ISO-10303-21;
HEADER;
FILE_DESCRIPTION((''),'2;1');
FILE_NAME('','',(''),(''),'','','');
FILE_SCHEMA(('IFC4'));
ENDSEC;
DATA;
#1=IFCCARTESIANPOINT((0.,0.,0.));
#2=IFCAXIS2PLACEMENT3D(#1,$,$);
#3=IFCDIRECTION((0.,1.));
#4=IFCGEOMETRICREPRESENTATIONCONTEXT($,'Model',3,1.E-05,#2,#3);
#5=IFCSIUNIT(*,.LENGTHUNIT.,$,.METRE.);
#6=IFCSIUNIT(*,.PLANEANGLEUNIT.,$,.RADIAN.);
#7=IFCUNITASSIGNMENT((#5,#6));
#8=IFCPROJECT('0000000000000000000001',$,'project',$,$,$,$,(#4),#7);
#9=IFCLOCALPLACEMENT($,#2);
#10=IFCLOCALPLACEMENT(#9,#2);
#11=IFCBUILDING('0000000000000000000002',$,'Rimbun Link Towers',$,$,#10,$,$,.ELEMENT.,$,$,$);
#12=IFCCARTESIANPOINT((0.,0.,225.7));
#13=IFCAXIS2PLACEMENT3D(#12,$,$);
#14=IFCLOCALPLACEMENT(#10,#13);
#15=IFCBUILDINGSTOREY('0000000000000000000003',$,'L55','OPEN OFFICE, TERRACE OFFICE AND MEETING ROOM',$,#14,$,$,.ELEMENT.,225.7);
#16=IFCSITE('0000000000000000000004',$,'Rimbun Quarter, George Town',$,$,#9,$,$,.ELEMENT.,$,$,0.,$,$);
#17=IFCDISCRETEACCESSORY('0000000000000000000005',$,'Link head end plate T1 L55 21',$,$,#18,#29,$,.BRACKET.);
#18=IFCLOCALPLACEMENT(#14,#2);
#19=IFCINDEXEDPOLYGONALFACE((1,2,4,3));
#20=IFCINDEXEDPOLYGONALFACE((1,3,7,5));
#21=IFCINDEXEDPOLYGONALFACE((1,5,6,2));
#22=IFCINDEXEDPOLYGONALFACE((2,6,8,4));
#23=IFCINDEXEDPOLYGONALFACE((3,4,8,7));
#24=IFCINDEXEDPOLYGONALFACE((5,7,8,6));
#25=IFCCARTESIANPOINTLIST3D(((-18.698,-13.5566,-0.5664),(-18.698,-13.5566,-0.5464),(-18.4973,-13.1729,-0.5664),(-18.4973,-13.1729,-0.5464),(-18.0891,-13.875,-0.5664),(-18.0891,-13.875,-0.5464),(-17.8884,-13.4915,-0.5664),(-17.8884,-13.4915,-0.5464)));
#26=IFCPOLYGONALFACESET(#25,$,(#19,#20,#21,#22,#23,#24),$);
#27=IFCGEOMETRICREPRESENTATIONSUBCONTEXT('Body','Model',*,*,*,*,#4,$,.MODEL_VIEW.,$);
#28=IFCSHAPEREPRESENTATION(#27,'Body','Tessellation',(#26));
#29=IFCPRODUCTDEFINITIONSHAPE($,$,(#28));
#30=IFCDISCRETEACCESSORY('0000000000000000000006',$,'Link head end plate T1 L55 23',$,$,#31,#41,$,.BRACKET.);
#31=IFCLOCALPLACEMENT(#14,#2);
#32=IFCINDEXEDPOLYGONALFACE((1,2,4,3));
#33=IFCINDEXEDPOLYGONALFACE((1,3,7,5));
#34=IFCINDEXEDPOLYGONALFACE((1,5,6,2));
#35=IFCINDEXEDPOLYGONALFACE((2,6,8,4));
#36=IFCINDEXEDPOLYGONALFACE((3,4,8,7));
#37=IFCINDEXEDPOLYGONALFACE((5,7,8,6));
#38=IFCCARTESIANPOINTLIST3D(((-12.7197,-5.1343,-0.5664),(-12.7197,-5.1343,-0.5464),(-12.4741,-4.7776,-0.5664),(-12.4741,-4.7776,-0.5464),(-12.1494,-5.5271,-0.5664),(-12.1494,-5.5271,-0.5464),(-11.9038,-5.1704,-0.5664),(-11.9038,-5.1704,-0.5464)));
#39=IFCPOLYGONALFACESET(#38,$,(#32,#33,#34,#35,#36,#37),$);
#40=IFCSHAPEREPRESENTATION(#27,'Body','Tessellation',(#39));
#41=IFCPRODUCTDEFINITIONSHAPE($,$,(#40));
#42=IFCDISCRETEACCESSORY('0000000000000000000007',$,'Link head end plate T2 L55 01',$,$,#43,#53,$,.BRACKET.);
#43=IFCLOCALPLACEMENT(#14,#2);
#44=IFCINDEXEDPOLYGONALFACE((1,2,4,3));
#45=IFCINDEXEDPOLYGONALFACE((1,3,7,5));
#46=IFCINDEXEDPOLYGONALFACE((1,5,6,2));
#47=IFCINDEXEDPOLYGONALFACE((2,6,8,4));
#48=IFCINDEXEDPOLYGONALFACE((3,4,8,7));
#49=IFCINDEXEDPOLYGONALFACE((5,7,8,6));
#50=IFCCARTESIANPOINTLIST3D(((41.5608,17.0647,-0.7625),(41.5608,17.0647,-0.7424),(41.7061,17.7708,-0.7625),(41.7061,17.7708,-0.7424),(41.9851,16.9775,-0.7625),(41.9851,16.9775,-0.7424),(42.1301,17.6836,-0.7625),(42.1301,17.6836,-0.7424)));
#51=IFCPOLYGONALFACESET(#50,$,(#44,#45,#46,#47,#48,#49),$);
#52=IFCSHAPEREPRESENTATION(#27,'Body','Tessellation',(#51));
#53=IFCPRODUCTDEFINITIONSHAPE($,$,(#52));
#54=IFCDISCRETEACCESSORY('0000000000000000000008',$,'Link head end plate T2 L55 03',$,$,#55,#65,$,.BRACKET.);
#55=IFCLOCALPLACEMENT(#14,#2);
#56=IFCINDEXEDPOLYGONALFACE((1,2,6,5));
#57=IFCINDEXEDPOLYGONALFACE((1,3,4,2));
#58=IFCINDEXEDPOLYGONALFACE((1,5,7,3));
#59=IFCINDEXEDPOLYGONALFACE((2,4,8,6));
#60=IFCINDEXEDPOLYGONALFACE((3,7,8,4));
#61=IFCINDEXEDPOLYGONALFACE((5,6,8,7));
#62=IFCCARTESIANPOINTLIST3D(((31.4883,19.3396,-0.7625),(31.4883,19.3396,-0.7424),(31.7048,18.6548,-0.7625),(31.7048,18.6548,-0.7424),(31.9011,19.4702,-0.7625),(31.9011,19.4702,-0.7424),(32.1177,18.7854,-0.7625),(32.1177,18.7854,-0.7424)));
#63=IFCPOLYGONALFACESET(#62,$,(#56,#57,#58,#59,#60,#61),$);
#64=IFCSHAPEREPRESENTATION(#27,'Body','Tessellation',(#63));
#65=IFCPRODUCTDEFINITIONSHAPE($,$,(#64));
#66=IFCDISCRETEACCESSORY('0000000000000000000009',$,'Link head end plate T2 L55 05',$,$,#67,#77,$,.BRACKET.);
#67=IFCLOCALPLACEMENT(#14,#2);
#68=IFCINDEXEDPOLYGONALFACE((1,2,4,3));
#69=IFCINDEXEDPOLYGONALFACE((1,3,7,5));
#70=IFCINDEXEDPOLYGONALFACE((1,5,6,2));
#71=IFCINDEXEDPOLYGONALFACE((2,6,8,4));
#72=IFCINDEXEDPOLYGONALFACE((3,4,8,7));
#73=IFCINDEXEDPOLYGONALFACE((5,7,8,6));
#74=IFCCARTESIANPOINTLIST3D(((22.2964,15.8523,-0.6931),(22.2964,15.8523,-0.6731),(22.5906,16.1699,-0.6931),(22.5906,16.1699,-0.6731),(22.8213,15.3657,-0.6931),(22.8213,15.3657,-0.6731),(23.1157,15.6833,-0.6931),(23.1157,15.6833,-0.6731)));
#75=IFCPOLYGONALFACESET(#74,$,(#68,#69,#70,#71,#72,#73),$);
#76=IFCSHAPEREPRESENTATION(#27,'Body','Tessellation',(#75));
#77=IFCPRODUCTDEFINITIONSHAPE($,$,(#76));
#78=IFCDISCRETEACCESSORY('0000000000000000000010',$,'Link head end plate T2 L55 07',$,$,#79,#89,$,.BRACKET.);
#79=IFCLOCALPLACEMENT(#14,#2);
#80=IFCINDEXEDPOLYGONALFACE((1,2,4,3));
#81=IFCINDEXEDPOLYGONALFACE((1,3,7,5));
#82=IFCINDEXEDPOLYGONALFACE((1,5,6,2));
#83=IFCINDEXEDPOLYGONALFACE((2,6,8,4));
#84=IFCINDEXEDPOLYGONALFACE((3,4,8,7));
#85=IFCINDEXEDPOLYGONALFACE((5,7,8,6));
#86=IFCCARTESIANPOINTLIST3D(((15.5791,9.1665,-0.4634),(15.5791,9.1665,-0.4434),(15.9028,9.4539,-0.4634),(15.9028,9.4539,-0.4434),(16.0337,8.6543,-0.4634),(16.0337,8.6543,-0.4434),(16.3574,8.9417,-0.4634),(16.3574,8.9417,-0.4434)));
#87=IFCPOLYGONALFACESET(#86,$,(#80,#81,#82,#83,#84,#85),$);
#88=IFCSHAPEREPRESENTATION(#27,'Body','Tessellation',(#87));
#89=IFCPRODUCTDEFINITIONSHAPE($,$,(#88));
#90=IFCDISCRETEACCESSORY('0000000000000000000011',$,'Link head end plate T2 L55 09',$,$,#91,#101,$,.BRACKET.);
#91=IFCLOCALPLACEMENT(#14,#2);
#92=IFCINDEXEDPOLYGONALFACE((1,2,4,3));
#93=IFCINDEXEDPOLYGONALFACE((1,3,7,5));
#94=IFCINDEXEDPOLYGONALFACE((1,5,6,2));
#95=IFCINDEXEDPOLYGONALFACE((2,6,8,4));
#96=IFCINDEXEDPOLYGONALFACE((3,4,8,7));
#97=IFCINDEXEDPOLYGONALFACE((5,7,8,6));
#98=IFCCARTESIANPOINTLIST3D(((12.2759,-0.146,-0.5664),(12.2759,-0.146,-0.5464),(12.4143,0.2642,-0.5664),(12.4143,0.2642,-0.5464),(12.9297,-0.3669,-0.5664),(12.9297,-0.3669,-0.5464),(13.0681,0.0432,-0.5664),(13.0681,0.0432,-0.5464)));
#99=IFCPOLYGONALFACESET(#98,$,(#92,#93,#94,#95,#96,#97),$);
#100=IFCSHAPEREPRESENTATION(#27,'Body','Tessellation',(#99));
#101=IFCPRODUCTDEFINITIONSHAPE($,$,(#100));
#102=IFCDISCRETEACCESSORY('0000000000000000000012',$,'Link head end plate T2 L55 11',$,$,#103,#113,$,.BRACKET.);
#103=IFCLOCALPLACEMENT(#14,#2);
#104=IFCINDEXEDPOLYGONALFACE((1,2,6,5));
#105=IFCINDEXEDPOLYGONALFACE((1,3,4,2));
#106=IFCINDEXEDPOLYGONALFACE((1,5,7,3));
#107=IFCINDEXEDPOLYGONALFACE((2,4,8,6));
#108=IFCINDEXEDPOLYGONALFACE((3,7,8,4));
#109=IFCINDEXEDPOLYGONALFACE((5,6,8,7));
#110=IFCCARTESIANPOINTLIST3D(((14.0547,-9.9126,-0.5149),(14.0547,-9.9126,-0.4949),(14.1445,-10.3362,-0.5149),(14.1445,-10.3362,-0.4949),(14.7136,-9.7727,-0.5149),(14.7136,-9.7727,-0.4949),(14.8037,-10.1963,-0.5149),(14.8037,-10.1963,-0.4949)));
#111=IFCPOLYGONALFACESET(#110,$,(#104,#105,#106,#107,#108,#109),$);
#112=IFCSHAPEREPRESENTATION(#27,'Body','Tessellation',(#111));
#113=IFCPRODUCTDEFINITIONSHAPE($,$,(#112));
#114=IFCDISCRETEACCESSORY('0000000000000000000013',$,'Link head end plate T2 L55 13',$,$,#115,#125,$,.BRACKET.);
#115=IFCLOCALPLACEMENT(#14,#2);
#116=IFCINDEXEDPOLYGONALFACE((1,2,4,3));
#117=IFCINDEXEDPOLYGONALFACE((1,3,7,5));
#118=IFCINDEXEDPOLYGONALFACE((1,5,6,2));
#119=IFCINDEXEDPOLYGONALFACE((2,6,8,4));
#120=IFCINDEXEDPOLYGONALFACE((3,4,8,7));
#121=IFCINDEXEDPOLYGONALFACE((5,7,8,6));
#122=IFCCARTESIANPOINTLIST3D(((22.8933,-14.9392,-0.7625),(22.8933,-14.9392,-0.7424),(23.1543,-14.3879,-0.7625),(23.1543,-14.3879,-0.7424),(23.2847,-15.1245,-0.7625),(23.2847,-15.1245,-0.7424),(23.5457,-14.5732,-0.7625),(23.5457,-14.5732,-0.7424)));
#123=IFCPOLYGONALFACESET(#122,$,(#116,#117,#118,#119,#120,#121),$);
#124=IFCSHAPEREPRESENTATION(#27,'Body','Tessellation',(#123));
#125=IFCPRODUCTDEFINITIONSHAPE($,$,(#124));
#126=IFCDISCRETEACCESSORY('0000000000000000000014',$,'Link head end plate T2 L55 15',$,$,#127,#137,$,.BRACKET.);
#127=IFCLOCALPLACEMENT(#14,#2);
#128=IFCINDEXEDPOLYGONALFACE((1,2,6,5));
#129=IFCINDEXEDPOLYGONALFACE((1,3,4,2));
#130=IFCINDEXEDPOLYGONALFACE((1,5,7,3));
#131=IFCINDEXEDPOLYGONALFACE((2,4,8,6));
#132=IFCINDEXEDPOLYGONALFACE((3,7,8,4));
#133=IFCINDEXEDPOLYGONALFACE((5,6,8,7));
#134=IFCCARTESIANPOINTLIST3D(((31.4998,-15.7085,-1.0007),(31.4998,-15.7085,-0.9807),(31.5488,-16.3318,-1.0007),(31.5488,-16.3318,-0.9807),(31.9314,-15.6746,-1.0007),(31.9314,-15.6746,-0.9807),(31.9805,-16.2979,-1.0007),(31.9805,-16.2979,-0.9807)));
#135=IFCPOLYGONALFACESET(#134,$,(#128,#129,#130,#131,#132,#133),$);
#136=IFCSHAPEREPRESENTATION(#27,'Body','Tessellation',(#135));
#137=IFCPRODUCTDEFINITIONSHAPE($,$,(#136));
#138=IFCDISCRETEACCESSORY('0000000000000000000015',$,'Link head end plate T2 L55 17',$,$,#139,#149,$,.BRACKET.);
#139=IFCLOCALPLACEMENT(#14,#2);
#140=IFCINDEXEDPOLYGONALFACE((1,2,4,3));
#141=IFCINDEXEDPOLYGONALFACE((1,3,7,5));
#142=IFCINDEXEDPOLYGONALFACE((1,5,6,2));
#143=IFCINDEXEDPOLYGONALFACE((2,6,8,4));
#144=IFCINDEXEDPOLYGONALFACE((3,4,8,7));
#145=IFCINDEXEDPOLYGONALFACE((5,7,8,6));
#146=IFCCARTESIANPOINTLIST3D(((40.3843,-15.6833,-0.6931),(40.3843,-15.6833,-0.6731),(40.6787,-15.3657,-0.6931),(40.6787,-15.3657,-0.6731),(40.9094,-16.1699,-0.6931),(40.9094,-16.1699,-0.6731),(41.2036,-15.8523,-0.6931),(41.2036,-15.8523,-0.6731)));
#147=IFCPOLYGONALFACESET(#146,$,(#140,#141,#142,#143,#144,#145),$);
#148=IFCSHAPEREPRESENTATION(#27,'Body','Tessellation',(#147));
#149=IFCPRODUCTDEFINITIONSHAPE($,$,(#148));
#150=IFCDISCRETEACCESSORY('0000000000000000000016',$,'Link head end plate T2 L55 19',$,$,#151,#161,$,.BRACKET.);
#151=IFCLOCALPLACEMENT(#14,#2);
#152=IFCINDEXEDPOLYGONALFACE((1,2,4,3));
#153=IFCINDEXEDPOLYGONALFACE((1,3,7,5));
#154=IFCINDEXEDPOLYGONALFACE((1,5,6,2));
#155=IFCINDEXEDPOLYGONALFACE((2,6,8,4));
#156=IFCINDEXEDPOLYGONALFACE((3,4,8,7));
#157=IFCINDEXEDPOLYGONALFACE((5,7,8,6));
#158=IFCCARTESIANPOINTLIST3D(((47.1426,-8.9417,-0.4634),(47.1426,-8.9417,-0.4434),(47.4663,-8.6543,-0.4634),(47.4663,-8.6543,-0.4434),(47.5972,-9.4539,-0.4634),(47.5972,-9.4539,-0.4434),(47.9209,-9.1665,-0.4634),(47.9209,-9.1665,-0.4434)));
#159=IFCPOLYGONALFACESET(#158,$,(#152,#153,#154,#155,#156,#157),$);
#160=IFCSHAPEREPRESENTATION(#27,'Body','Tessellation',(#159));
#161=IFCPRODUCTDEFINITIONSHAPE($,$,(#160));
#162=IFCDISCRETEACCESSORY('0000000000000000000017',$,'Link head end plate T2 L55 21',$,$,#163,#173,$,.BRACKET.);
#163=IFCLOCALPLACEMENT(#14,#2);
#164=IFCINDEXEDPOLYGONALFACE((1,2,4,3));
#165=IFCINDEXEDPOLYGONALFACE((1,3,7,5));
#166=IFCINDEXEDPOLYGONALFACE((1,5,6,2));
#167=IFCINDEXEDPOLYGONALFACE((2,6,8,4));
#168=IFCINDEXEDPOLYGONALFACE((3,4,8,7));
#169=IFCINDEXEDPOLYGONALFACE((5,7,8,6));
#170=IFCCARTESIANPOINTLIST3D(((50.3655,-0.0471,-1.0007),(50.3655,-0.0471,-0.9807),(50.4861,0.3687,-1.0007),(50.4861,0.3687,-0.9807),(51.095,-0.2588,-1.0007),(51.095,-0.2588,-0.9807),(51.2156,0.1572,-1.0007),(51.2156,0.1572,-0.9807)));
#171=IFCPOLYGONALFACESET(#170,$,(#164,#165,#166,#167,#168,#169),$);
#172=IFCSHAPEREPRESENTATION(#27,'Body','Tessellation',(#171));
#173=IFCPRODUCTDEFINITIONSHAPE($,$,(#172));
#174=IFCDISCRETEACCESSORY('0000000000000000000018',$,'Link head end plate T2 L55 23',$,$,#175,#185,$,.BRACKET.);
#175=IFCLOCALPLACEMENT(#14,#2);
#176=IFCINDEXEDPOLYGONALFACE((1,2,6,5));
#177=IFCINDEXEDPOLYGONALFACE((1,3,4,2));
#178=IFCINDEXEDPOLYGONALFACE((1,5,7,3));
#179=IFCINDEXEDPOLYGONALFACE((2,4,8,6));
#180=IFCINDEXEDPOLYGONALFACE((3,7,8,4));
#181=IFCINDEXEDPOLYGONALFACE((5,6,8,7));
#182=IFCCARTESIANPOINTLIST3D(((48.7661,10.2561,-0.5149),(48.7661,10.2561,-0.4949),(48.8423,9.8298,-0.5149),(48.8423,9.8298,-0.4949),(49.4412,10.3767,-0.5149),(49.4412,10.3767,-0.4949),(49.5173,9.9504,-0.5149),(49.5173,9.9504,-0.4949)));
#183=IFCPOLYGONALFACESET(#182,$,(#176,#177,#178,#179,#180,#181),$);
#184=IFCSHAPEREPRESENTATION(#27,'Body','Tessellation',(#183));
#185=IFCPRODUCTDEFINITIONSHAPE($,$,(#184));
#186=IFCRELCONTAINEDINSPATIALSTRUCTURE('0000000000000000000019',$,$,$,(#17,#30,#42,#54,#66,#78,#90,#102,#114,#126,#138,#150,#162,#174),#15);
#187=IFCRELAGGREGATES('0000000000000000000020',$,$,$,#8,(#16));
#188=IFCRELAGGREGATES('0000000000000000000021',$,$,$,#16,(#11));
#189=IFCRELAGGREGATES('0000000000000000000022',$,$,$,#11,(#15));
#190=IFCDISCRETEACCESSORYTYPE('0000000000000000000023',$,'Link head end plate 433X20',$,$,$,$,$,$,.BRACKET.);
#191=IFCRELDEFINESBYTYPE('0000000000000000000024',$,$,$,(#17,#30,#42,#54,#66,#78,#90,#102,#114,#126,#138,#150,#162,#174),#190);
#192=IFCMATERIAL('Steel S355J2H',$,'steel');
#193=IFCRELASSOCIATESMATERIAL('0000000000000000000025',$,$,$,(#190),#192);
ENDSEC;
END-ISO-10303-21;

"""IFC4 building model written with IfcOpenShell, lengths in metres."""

from ifc_helpers import new_model, si_unit, direction, frame, origin, origin_2d, place, context, subcontext, project, spatial, polyline, rectangle, outline, extrude, material, material_profile, profile_set, type_object, element, save


model = new_model("IFC4")

# Units and contexts
model_context = context("Model", 3, precision=1e-05, world=origin(), true_north=direction((0.0, 1.0)))
body_context = subcontext(model_context, "Body", "Model", "MODEL_VIEW")
ifc_project = project(units=[si_unit("LENGTHUNIT", "METRE"), si_unit("PLANEANGLEUNIT", "RADIAN")], contexts=[model_context])

# Site, building, storey
site_placement = place(None, origin())
site = spatial("IfcSite", under=ifc_project, at=site_placement, Name="Rimbun Quarter, George Town", CompositionType="ELEMENT", RefElevation=0.0)
building_placement = place(site_placement, origin())
building = spatial("IfcBuilding", under=site, at=building_placement, Name="Rimbun Link Towers", CompositionType="ELEMENT")
storey_placement = place(building_placement, frame((0.0, 0.0, 225.7)))
storey = spatial("IfcBuildingStorey", under=building, at=storey_placement, Name="L55", Description="OPEN OFFICE, TERRACE OFFICE AND MEETING ROOM", CompositionType="ELEMENT", Elevation=225.7)

# Discrete accessories
ifc_material_1 = material(Name="Steel S355J2H", Category="steel")
ifc_material_profile_1 = material_profile(ifc_material_1, rectangle(XDim=0.4331, YDim=0.4331, at=origin_2d()), Name="PL 433x433")
ifc_profile_set_1 = profile_set([ifc_material_profile_1], Name="Steel S355J2H")
discrete_accessory_type_1 = type_object("IfcDiscreteAccessoryType", Name="Link head end plate 433X20", PredefinedType="BRACKET", material=ifc_profile_set_1)
discrete_accessory_1_placement = place(storey_placement, frame((0.0, 0.0, -0.5664)))
element("IfcDiscreteAccessory", 1, at=discrete_accessory_1_placement, inside=storey, type_object=discrete_accessory_type_1, Name="Link head end plate T1 L55 21", PredefinedType="BRACKET", context=body_context, shape_type="SweptSolid", body=[
    extrude(outline(polyline([(-18.698, -13.5566), (-18.0891, -13.875), (-17.8884, -13.4915), (-18.4973, -13.1729), (-18.698, -13.5566)])), origin(), (0.0, 0.0, 1.0), 0.02),
])
discrete_accessory_2_placement = place(storey_placement, frame((0.0, 0.0, -0.5664)))
element("IfcDiscreteAccessory", 2, at=discrete_accessory_2_placement, inside=storey, type_object=discrete_accessory_type_1, Name="Link head end plate T1 L55 23", PredefinedType="BRACKET", context=body_context, shape_type="SweptSolid", body=[
    extrude(outline(polyline([(-12.7197, -5.1343), (-12.1494, -5.5271), (-11.9038, -5.1704), (-12.4741, -4.7776), (-12.7197, -5.1343)])), origin(), (0.0, 0.0, 1.0), 0.02),
])
discrete_accessory_3_placement = place(storey_placement, frame((0.0, 0.0, -0.7625)))
element("IfcDiscreteAccessory", 3, at=discrete_accessory_3_placement, inside=storey, type_object=discrete_accessory_type_1, Name="Link head end plate T2 L55 01", PredefinedType="BRACKET", context=body_context, shape_type="SweptSolid", body=[
    extrude(outline(polyline([(41.9851, 16.9775), (42.1301, 17.6836), (41.7061, 17.7708), (41.5608, 17.0647), (41.9851, 16.9775)])), origin(), (0.0, 0.0, 1.0), 0.02),
])
discrete_accessory_4_placement = place(storey_placement, frame((0.0, 0.0, -0.7625)))
element("IfcDiscreteAccessory", 4, at=discrete_accessory_4_placement, inside=storey, type_object=discrete_accessory_type_1, Name="Link head end plate T2 L55 03", PredefinedType="BRACKET", context=body_context, shape_type="SweptSolid", body=[
    extrude(outline(polyline([(32.1177, 18.7854), (31.9011, 19.4702), (31.4883, 19.3396), (31.7048, 18.6548), (32.1177, 18.7854)])), origin(), (0.0, 0.0, 1.0), 0.02),
])
discrete_accessory_5_placement = place(storey_placement, frame((0.0, 0.0, -0.6931)))
element("IfcDiscreteAccessory", 5, at=discrete_accessory_5_placement, inside=storey, type_object=discrete_accessory_type_1, Name="Link head end plate T2 L55 05", PredefinedType="BRACKET", context=body_context, shape_type="SweptSolid", body=[
    extrude(outline(polyline([(23.1157, 15.6833), (22.5906, 16.1699), (22.2964, 15.8523), (22.8213, 15.3657), (23.1157, 15.6833)])), origin(), (0.0, 0.0, 1.0), 0.02),
])
discrete_accessory_6_placement = place(storey_placement, frame((0.0, 0.0, -0.4634)))
element("IfcDiscreteAccessory", 6, at=discrete_accessory_6_placement, inside=storey, type_object=discrete_accessory_type_1, Name="Link head end plate T2 L55 07", PredefinedType="BRACKET", context=body_context, shape_type="SweptSolid", body=[
    extrude(outline(polyline([(16.3574, 8.9417), (15.9028, 9.4539), (15.5791, 9.1665), (16.0337, 8.6543), (16.3574, 8.9417)])), origin(), (0.0, 0.0, 1.0), 0.02),
])
discrete_accessory_7_placement = place(storey_placement, frame((0.0, 0.0, -0.5664)))
element("IfcDiscreteAccessory", 7, at=discrete_accessory_7_placement, inside=storey, type_object=discrete_accessory_type_1, Name="Link head end plate T2 L55 09", PredefinedType="BRACKET", context=body_context, shape_type="SweptSolid", body=[
    extrude(outline(polyline([(13.0681, 0.0432), (12.4143, 0.2642), (12.2759, -0.146), (12.9297, -0.3669), (13.0681, 0.0432)])), origin(), (0.0, 0.0, 1.0), 0.02),
])
discrete_accessory_8_placement = place(storey_placement, frame((0.0, 0.0, -0.5149)))
element("IfcDiscreteAccessory", 8, at=discrete_accessory_8_placement, inside=storey, type_object=discrete_accessory_type_1, Name="Link head end plate T2 L55 11", PredefinedType="BRACKET", context=body_context, shape_type="SweptSolid", body=[
    extrude(outline(polyline([(14.7136, -9.7727), (14.0547, -9.9126), (14.1445, -10.3362), (14.8037, -10.1963), (14.7136, -9.7727)])), origin(), (0.0, 0.0, 1.0), 0.02),
])
discrete_accessory_9_placement = place(storey_placement, frame((0.0, 0.0, -0.7625)))
element("IfcDiscreteAccessory", 9, at=discrete_accessory_9_placement, inside=storey, type_object=discrete_accessory_type_1, Name="Link head end plate T2 L55 13", PredefinedType="BRACKET", context=body_context, shape_type="SweptSolid", body=[
    extrude(outline(polyline([(23.1543, -14.3879), (22.8933, -14.9392), (23.2847, -15.1245), (23.5457, -14.5732), (23.1543, -14.3879)])), origin(), (0.0, 0.0, 1.0), 0.02),
])
discrete_accessory_10_placement = place(storey_placement, frame((0.0, 0.0, -1.0007)))
element("IfcDiscreteAccessory", 10, at=discrete_accessory_10_placement, inside=storey, type_object=discrete_accessory_type_1, Name="Link head end plate T2 L55 15", PredefinedType="BRACKET", context=body_context, shape_type="SweptSolid", body=[
    extrude(outline(polyline([(31.4998, -15.7085), (31.5488, -16.3318), (31.9805, -16.2979), (31.9314, -15.6746), (31.4998, -15.7085)])), origin(), (0.0, 0.0, 1.0), 0.02),
])
discrete_accessory_11_placement = place(storey_placement, frame((0.0, 0.0, -0.6931)))
element("IfcDiscreteAccessory", 11, at=discrete_accessory_11_placement, inside=storey, type_object=discrete_accessory_type_1, Name="Link head end plate T2 L55 17", PredefinedType="BRACKET", context=body_context, shape_type="SweptSolid", body=[
    extrude(outline(polyline([(40.3843, -15.6833), (40.9094, -16.1699), (41.2036, -15.8523), (40.6787, -15.3657), (40.3843, -15.6833)])), origin(), (0.0, 0.0, 1.0), 0.02),
])
discrete_accessory_12_placement = place(storey_placement, frame((0.0, 0.0, -0.4634)))
element("IfcDiscreteAccessory", 12, at=discrete_accessory_12_placement, inside=storey, type_object=discrete_accessory_type_1, Name="Link head end plate T2 L55 19", PredefinedType="BRACKET", context=body_context, shape_type="SweptSolid", body=[
    extrude(outline(polyline([(47.1426, -8.9417), (47.5972, -9.4539), (47.9209, -9.1665), (47.4663, -8.6543), (47.1426, -8.9417)])), origin(), (0.0, 0.0, 1.0), 0.02),
])
discrete_accessory_13_placement = place(storey_placement, frame((0.0, 0.0, -1.0007)))
element("IfcDiscreteAccessory", 13, at=discrete_accessory_13_placement, inside=storey, type_object=discrete_accessory_type_1, Name="Link head end plate T2 L55 21", PredefinedType="BRACKET", context=body_context, shape_type="SweptSolid", body=[
    extrude(outline(polyline([(50.3655, -0.0471), (51.095, -0.2588), (51.2156, 0.1572), (50.4861, 0.3687), (50.3655, -0.0471)])), origin(), (0.0, 0.0, 1.0), 0.02),
])
discrete_accessory_14_placement = place(storey_placement, frame((0.0, 0.0, -0.5149)))
element("IfcDiscreteAccessory", 14, at=discrete_accessory_14_placement, inside=storey, type_object=discrete_accessory_type_1, Name="Link head end plate T2 L55 23", PredefinedType="BRACKET", context=body_context, shape_type="SweptSolid", body=[
    extrude(outline(polyline([(48.8423, 9.8298), (49.5173, 9.9504), (49.4412, 10.3767), (48.7661, 10.2561), (48.8423, 9.8298)])), origin(), (0.0, 0.0, 1.0), 0.02),
])

save(model, "model.ifc")
